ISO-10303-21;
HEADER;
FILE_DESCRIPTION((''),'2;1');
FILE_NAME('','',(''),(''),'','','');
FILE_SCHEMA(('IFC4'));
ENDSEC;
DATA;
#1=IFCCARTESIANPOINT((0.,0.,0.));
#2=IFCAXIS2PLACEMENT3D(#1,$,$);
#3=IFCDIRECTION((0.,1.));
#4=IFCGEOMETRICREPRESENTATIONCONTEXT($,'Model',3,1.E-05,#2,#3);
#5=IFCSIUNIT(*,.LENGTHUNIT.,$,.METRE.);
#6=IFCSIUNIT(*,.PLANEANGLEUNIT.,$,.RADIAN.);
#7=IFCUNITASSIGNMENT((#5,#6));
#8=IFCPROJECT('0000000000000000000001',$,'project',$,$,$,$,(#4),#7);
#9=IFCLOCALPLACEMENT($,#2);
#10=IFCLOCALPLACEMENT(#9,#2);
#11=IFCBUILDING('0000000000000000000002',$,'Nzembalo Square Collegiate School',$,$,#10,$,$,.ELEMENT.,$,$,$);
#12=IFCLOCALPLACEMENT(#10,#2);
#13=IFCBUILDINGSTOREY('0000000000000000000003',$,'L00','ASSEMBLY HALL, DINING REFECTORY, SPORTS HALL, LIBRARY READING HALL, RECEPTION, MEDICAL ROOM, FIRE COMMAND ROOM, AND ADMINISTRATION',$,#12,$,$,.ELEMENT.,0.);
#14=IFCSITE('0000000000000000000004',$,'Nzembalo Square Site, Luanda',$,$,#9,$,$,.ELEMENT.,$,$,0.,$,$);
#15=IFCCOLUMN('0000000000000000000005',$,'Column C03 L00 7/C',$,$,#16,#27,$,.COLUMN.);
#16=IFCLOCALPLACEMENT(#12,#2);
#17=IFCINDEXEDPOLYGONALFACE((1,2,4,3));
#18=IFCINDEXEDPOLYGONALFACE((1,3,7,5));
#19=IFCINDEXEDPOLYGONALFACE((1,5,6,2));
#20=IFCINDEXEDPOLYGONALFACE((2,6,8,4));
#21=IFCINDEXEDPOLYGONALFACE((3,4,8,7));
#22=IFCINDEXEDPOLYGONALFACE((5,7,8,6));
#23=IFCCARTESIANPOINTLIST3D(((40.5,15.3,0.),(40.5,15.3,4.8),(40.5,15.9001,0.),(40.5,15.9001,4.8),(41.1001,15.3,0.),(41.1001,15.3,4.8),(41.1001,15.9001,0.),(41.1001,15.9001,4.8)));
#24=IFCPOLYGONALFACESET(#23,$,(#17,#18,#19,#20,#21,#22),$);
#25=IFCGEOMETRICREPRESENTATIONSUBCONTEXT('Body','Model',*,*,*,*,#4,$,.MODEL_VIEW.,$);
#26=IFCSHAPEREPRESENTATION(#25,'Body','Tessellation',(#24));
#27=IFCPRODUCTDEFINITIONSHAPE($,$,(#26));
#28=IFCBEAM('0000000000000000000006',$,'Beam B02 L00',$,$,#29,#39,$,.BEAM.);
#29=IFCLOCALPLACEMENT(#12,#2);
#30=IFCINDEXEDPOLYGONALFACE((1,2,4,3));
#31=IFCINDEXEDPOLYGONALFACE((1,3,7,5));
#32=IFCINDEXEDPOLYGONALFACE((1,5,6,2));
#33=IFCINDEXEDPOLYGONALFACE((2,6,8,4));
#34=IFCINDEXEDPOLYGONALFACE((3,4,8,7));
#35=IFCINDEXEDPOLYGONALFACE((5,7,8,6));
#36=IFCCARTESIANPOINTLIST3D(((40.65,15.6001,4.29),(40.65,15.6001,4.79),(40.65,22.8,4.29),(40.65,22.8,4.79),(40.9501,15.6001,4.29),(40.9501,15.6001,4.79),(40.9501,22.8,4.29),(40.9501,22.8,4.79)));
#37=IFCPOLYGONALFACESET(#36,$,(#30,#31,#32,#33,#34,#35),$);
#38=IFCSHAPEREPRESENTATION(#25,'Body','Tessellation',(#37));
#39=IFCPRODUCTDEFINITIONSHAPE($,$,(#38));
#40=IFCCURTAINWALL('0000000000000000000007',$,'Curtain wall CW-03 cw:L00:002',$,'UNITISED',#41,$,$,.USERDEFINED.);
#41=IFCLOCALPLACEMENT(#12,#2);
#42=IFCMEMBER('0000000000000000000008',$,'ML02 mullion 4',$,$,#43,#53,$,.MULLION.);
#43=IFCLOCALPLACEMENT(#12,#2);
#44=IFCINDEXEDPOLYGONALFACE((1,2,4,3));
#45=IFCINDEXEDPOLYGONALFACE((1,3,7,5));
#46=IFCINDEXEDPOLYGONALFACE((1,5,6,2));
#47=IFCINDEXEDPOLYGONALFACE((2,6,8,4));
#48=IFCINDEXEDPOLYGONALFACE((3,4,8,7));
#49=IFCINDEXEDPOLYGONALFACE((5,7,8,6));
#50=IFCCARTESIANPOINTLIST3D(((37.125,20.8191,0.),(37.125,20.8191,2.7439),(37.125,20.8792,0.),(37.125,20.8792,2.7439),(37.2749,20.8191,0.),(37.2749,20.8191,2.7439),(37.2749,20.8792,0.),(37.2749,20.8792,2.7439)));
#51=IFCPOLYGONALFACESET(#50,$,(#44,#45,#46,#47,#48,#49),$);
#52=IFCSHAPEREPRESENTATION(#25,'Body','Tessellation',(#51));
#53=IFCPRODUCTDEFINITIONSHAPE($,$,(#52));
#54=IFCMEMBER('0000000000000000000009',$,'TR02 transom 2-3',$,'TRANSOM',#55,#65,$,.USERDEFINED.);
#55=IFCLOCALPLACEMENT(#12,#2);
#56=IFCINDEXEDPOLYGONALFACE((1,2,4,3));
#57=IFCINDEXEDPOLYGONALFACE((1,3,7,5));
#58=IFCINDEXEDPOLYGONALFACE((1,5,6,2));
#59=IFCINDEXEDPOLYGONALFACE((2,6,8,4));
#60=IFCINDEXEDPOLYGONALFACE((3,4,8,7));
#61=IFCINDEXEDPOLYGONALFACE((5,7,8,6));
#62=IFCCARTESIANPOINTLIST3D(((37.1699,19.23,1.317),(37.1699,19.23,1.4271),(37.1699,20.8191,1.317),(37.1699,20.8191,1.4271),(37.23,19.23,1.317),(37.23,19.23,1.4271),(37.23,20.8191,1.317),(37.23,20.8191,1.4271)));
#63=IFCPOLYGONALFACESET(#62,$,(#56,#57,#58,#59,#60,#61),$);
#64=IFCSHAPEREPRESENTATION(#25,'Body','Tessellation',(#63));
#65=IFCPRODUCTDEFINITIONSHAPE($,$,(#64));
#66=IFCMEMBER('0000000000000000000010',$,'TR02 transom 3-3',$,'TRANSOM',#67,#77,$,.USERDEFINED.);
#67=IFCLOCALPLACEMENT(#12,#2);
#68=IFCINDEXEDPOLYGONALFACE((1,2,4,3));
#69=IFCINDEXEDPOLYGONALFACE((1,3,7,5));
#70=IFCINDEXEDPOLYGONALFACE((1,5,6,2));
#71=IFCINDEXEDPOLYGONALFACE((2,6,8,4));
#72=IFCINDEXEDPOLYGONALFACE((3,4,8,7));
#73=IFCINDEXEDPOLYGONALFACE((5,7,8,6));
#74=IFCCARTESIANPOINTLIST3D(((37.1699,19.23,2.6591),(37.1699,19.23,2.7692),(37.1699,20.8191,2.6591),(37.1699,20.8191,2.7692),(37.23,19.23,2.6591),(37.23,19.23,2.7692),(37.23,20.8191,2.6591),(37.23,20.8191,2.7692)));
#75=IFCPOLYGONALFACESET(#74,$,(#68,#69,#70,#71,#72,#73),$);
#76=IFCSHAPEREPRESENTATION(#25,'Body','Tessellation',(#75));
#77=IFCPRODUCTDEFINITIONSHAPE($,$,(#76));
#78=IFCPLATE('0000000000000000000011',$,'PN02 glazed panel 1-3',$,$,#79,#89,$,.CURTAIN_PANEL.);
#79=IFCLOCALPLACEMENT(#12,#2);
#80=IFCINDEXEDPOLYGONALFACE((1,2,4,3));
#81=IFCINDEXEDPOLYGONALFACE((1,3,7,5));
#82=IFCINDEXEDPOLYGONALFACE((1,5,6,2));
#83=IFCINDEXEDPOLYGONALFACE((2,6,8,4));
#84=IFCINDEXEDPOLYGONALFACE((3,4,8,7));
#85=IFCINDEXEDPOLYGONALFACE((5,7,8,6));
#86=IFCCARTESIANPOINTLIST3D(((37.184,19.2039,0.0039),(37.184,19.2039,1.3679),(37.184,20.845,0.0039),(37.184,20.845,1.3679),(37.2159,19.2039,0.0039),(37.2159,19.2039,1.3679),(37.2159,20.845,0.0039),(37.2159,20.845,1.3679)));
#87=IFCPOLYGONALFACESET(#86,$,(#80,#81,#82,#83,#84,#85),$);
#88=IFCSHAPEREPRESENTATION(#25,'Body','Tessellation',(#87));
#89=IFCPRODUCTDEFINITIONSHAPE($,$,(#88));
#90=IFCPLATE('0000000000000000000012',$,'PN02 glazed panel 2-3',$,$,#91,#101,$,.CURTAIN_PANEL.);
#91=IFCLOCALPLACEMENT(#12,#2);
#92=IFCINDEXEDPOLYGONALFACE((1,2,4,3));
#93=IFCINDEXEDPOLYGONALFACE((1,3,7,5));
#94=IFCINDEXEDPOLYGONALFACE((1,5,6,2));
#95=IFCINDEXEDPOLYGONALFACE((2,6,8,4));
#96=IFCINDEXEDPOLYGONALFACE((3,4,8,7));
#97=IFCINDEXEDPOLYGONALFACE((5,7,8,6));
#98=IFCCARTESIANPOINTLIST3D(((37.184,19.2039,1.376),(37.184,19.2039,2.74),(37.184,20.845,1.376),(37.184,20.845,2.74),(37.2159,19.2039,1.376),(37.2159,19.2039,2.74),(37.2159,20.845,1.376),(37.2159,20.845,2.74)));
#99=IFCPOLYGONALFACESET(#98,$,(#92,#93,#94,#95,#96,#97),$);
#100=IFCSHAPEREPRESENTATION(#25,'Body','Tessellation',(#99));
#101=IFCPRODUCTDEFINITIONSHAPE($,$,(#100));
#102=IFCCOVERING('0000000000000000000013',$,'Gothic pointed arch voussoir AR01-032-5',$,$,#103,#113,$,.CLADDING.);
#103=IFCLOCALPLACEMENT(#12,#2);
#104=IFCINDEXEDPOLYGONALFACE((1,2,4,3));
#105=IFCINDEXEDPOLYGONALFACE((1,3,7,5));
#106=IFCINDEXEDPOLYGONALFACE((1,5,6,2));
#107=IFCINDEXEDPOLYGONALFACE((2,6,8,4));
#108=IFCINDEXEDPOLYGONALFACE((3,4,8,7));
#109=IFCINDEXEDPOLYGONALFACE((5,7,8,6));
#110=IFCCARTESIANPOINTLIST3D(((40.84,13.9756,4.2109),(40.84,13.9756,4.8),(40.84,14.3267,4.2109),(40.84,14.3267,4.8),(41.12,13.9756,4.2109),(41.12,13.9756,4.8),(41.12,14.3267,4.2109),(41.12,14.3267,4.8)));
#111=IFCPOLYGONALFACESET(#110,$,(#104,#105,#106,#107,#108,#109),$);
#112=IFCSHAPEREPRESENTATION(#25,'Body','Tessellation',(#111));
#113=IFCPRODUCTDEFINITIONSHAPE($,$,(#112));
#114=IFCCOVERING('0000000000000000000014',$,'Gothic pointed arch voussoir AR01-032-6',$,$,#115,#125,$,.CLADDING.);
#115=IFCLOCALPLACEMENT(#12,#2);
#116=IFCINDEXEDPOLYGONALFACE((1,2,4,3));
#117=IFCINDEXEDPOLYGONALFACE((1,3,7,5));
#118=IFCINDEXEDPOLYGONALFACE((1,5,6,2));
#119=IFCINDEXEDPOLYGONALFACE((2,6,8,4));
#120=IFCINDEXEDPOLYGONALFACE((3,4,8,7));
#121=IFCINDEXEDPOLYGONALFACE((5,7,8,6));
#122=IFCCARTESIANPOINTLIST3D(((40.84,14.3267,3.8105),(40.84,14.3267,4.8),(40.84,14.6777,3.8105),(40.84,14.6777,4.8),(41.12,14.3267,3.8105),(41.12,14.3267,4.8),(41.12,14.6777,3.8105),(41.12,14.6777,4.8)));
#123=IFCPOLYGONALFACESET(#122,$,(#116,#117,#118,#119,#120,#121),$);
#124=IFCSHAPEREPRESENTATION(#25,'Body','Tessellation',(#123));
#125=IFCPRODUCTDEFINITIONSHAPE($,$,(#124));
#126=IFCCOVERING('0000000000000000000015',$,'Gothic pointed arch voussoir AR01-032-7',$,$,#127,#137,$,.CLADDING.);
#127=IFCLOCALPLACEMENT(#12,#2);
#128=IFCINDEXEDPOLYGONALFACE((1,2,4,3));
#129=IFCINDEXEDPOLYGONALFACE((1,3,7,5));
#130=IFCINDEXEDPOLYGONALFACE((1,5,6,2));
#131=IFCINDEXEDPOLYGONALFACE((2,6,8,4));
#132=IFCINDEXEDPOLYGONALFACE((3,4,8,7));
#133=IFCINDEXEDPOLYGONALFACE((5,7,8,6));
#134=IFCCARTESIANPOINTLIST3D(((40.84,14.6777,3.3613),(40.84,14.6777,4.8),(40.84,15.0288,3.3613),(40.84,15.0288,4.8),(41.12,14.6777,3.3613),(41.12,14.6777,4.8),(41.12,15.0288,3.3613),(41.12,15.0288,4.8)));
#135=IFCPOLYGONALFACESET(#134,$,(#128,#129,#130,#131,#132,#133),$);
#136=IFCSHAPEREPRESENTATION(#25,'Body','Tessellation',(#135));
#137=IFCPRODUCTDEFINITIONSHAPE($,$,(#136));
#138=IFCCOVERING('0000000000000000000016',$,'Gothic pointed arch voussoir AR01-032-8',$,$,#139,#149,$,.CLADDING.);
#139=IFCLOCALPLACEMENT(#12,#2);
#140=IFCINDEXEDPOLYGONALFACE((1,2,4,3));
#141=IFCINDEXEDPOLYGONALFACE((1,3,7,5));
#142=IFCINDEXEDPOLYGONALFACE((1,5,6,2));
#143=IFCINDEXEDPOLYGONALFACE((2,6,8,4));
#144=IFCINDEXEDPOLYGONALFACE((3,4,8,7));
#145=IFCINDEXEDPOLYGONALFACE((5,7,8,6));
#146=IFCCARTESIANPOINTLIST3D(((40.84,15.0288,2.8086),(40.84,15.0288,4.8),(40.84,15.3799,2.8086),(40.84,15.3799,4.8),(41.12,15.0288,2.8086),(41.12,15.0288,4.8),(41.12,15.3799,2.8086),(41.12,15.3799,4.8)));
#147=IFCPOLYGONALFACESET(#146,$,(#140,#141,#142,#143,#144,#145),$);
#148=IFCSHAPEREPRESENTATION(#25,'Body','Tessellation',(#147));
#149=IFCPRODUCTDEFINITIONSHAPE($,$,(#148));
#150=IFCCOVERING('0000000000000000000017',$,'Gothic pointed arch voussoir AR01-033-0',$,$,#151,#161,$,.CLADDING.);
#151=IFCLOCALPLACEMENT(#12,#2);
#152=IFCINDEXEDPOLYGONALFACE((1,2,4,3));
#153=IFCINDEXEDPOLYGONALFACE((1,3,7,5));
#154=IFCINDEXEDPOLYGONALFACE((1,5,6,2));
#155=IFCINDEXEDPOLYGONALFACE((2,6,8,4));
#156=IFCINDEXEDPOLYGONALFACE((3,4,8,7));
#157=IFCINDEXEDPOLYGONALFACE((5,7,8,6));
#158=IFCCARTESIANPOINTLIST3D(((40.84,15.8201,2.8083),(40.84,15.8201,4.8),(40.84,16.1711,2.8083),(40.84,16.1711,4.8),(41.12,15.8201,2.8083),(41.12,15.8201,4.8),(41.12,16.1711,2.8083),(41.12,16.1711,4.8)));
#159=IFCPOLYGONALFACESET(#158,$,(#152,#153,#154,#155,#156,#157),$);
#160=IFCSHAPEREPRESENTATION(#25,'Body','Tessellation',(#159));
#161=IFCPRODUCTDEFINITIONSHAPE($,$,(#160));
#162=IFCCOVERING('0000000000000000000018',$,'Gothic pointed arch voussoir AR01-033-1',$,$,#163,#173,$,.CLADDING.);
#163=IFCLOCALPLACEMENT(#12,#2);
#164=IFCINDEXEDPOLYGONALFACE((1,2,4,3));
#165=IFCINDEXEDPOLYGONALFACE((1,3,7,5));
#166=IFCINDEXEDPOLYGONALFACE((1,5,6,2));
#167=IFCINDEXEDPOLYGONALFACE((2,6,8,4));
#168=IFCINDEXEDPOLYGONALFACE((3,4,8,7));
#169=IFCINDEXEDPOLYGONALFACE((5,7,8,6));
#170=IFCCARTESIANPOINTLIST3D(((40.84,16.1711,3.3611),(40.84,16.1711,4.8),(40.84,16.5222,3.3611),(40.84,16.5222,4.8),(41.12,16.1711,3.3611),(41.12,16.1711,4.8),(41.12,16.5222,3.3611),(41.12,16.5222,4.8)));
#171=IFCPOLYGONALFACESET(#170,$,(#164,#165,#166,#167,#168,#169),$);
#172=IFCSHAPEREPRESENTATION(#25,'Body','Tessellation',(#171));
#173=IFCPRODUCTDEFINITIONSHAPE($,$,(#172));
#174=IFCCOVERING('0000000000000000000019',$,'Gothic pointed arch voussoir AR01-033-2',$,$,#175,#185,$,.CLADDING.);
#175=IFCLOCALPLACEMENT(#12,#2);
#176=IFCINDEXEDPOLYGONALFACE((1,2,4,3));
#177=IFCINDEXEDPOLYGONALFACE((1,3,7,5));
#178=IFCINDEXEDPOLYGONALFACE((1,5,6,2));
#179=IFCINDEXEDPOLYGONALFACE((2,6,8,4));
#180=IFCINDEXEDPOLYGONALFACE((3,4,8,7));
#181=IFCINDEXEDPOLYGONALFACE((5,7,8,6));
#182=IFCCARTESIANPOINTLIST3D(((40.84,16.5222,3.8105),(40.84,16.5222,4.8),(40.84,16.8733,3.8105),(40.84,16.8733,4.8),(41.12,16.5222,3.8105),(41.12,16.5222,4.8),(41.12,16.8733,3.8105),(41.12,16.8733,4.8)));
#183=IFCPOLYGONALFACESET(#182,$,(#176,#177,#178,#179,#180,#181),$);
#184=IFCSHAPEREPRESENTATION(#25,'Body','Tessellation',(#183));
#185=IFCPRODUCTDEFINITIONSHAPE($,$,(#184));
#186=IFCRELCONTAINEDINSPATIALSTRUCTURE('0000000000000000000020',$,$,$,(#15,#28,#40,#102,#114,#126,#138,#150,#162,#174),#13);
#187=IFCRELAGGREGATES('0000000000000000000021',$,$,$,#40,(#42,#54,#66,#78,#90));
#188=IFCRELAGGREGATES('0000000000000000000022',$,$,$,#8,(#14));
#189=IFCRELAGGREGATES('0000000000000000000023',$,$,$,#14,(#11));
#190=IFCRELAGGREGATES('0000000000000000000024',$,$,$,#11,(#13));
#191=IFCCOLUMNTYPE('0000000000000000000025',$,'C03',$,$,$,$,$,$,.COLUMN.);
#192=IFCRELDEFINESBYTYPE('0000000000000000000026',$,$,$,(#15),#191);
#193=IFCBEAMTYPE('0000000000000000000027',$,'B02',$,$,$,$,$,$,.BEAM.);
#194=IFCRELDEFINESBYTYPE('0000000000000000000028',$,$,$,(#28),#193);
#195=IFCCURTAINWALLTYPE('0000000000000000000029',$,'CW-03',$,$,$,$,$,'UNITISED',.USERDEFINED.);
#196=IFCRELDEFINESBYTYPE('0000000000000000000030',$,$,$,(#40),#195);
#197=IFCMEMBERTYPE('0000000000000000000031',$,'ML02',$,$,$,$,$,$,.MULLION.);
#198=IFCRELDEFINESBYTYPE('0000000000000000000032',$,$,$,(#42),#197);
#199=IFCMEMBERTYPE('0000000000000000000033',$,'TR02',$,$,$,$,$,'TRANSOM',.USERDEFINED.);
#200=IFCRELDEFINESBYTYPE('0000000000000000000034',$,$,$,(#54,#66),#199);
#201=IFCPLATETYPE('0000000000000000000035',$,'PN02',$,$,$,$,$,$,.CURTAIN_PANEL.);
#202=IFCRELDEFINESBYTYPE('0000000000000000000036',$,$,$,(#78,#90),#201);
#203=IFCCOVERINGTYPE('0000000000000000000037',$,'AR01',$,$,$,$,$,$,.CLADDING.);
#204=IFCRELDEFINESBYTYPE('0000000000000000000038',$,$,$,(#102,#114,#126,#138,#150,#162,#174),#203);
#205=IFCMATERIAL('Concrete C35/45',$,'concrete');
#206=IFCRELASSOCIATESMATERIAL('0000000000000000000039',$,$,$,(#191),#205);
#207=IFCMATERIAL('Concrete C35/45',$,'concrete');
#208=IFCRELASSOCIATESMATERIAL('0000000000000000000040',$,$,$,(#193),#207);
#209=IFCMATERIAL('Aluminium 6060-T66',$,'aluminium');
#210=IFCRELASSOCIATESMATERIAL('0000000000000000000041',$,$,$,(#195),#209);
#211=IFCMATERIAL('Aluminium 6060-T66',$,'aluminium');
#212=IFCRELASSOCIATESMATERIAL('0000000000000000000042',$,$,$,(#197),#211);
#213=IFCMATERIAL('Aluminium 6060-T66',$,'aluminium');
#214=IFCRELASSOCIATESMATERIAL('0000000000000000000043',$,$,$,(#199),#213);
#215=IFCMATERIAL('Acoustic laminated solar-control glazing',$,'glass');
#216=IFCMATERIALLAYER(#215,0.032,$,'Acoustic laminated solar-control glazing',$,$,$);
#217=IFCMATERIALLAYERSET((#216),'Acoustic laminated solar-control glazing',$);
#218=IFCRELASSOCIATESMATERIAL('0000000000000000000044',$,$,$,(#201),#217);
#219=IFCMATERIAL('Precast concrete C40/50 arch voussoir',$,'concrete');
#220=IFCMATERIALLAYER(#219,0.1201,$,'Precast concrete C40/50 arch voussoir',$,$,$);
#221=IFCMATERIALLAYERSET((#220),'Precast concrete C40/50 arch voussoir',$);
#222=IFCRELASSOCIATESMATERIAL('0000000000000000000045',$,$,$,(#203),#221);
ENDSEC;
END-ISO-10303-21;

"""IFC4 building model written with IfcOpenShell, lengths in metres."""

from ifc_helpers import new_model, si_unit, direction, frame, origin, origin_2d, place, context, subcontext, project, spatial, rectangle, extrude, material, layer, layer_set, material_profile, profile_set, type_object, element, aggregate, save


model = new_model("IFC4")

# Units and contexts
model_context = context("Model", 3, precision=1e-05, world=origin(), true_north=direction((0.0, 1.0)))
body_context = subcontext(model_context, "Body", "Model", "MODEL_VIEW")
ifc_project = project(units=[si_unit("LENGTHUNIT", "METRE"), si_unit("PLANEANGLEUNIT", "RADIAN")], contexts=[model_context])

# Site, building, storey
site_placement = place(None, origin())
site = spatial("IfcSite", under=ifc_project, at=site_placement, Name="Nzembalo Square Site, Luanda", CompositionType="ELEMENT", RefElevation=0.0)
building_placement = place(site_placement, origin())
building = spatial("IfcBuilding", under=site, at=building_placement, Name="Nzembalo Square Collegiate School", CompositionType="ELEMENT")
storey_placement = place(building_placement, origin())
storey = spatial("IfcBuildingStorey", under=building, at=storey_placement, Name="L00", Description="ASSEMBLY HALL, DINING REFECTORY, SPORTS HALL, LIBRARY READING HALL, RECEPTION, MEDICAL ROOM, FIRE COMMAND ROOM, AND ADMINISTRATION", CompositionType="ELEMENT", Elevation=0.0)

# Column
ifc_material_1 = material(Name="Concrete C35/45", Category="concrete")
ifc_material_profile_1 = material_profile(ifc_material_1, rectangle(XDim=0.6001, YDim=0.6001, at=origin_2d()), Name="RC 600x600")
ifc_profile_set_1 = profile_set([ifc_material_profile_1], Name="Concrete C35/45")
column_type = type_object("IfcColumnType", Name="C03", PredefinedType="COLUMN", material=ifc_profile_set_1)
column_placement = place(storey_placement, frame((40.8, 15.6001, 0.0), z_axis=(0.0, 0.0, 1.0), x_axis=(1.0, 0.0, 0.0)))
element("IfcColumn", 1, at=column_placement, inside=storey, type_object=column_type, Name="Column C03 L00 7/C", PredefinedType="COLUMN", context=body_context, shape_type="SweptSolid", body=[
    extrude(rectangle(XDim=0.6001, YDim=0.6001, at=origin_2d()), origin(), (0.0, 0.0, 1.0), 4.8),
])

# Beam
ifc_material_2 = material(Name="Concrete C35/45", Category="concrete")
ifc_material_profile_2 = material_profile(ifc_material_2, rectangle(XDim=0.3, YDim=0.5, at=origin_2d()), Name="RC 300x500")
ifc_profile_set_2 = profile_set([ifc_material_profile_2], Name="Concrete C35/45")
beam_type = type_object("IfcBeamType", Name="B02", PredefinedType="BEAM", material=ifc_profile_set_2)
beam_placement = place(storey_placement, frame((40.8, 15.6001, 4.54), z_axis=(0.0, 1.0, 0.0), x_axis=(-1.0, 0.0, 0.0)))
element("IfcBeam", 2, at=beam_placement, inside=storey, type_object=beam_type, Name="Beam B02 L00", PredefinedType="BEAM", context=body_context, shape_type="SweptSolid", body=[
    extrude(rectangle(XDim=0.3, YDim=0.5, at=origin_2d()), origin(), (0.0, 0.0, 1.0), 7.2),
])

# Curtain wall, members, plates
ifc_material_3 = material(Name="Aluminium 6060-T66", Category="aluminium")
curtain_wall_type = type_object("IfcCurtainWallType", Name="CW-03", ElementType="UNITISED", PredefinedType="USERDEFINED", material=ifc_material_3)
curtain_wall_placement = place(storey_placement, origin())
curtain_wall = element("IfcCurtainWall", 3, at=curtain_wall_placement, inside=storey, type_object=curtain_wall_type, Name="Curtain wall CW-03 cw:L00:002", ObjectType="UNITISED", PredefinedType="USERDEFINED")
ifc_material_4 = material(Name="Aluminium 6060-T66", Category="aluminium")
ifc_material_profile_3 = material_profile(ifc_material_4, rectangle(XDim=0.0601, YDim=0.1499, at=origin_2d()), Name="ALU M60x150")
ifc_profile_set_3 = profile_set([ifc_material_profile_3], Name="Aluminium 6060-T66")
member_type_1 = type_object("IfcMemberType", Name="ML02", PredefinedType="MULLION", material=ifc_profile_set_3)
member_1_placement = place(storey_placement, frame((37.2, 20.8491, 0.0), z_axis=(0.0, 0.0, 1.0), x_axis=(0.0, 1.0, 0.0)))
member_1 = element("IfcMember", 4, at=member_1_placement, type_object=member_type_1, Name="ML02 mullion 4", PredefinedType="MULLION", context=body_context, shape_type="SweptSolid", body=[
    extrude(rectangle(XDim=0.0601, YDim=0.1499, at=origin_2d()), origin(), (0.0, 0.0, 1.0), 2.7439),
])
ifc_material_5 = material(Name="Aluminium 6060-T66", Category="aluminium")
ifc_material_profile_4 = material_profile(ifc_material_5, rectangle(XDim=0.0601, YDim=0.1101, at=origin_2d()), Name="ALU T60x110")
ifc_profile_set_4 = profile_set([ifc_material_profile_4], Name="Aluminium 6060-T66")
member_type_2 = type_object("IfcMemberType", Name="TR02", ElementType="TRANSOM", PredefinedType="USERDEFINED", material=ifc_profile_set_4)
member_2_placement = place(storey_placement, frame((37.2, 19.23, 1.3721), z_axis=(0.0, 1.0, 0.0), x_axis=(-1.0, 0.0, 0.0)))
member_2 = element("IfcMember", 5, at=member_2_placement, type_object=member_type_2, Name="TR02 transom 2-3", ObjectType="TRANSOM", PredefinedType="USERDEFINED", context=body_context, shape_type="SweptSolid", body=[
    extrude(rectangle(XDim=0.0601, YDim=0.1101, at=origin_2d()), origin(), (0.0, 0.0, 1.0), 1.5891),
])
member_3_placement = place(storey_placement, frame((37.2, 19.23, 2.7141), z_axis=(0.0, 1.0, 0.0), x_axis=(-1.0, 0.0, 0.0)))
member_3 = element("IfcMember", 6, at=member_3_placement, type_object=member_type_2, Name="TR02 transom 3-3", ObjectType="TRANSOM", PredefinedType="USERDEFINED", context=body_context, shape_type="SweptSolid", body=[
    extrude(rectangle(XDim=0.0601, YDim=0.1101, at=origin_2d()), origin(), (0.0, 0.0, 1.0), 1.5891),
])
ifc_material_6 = material(Name="Acoustic laminated solar-control glazing", Category="glass")
ifc_layer_1 = layer(ifc_material_6, 0.032, Name="Acoustic laminated solar-control glazing")
ifc_layer_set_1 = layer_set([ifc_layer_1], Name="Acoustic laminated solar-control glazing")
plate_type = type_object("IfcPlateType", Name="PN02", PredefinedType="CURTAIN_PANEL", material=ifc_layer_set_1)
plate_1_placement = place(storey_placement, frame((37.2, 20.0244, 0.0039), z_axis=(0.0, 0.0, 1.0), x_axis=(0.0, 1.0, 0.0)))
plate_1 = element("IfcPlate", 7, at=plate_1_placement, type_object=plate_type, Name="PN02 glazed panel 1-3", PredefinedType="CURTAIN_PANEL", context=body_context, shape_type="SweptSolid", body=[
    extrude(rectangle(XDim=1.6411, YDim=0.032, at=origin_2d()), origin(), (0.0, 0.0, 1.0), 1.364),
])
plate_2_placement = place(storey_placement, frame((37.2, 20.0244, 1.376), z_axis=(0.0, 0.0, 1.0), x_axis=(0.0, 1.0, 0.0)))
plate_2 = element("IfcPlate", 8, at=plate_2_placement, type_object=plate_type, Name="PN02 glazed panel 2-3", PredefinedType="CURTAIN_PANEL", context=body_context, shape_type="SweptSolid", body=[
    extrude(rectangle(XDim=1.6411, YDim=0.032, at=origin_2d()), origin(), (0.0, 0.0, 1.0), 1.364),
])
aggregate(curtain_wall, [member_1, member_2, member_3, plate_1, plate_2])

# Coverings
ifc_material_7 = material(Name="Precast concrete C40/50 arch voussoir", Category="concrete")
ifc_layer_2 = layer(ifc_material_7, 0.1201, Name="Precast concrete C40/50 arch voussoir")
ifc_layer_set_2 = layer_set([ifc_layer_2], Name="Precast concrete C40/50 arch voussoir")
covering_type = type_object("IfcCoveringType", Name="AR01", PredefinedType="CLADDING", material=ifc_layer_set_2)
covering_1_placement = place(storey_placement, frame((40.98, 14.1511, 4.2109), z_axis=(0.0, 0.0, 1.0), x_axis=(1.0, 0.0, 0.0)))
element("IfcCovering", 9, at=covering_1_placement, inside=storey, type_object=covering_type, Name="Gothic pointed arch voussoir AR01-032-5", PredefinedType="CLADDING", context=body_context, shape_type="SweptSolid", body=[
    extrude(rectangle(XDim=0.28, YDim=0.3511, at=origin_2d()), origin(), (0.0, 0.0, 1.0), 0.5891),
])
covering_2_placement = place(storey_placement, frame((40.98, 14.5022, 3.8105), z_axis=(0.0, 0.0, 1.0), x_axis=(1.0, 0.0, 0.0)))
element("IfcCovering", 10, at=covering_2_placement, inside=storey, type_object=covering_type, Name="Gothic pointed arch voussoir AR01-032-6", PredefinedType="CLADDING", context=body_context, shape_type="SweptSolid", body=[
    extrude(rectangle(XDim=0.28, YDim=0.3511, at=origin_2d()), origin(), (0.0, 0.0, 1.0), 0.9895),
])
covering_3_placement = place(storey_placement, frame((40.98, 14.8533, 3.3613), z_axis=(0.0, 0.0, 1.0), x_axis=(1.0, 0.0, 0.0)))
element("IfcCovering", 11, at=covering_3_placement, inside=storey, type_object=covering_type, Name="Gothic pointed arch voussoir AR01-032-7", PredefinedType="CLADDING", context=body_context, shape_type="SweptSolid", body=[
    extrude(rectangle(XDim=0.28, YDim=0.3511, at=origin_2d()), origin(), (0.0, 0.0, 1.0), 1.4387),
])
covering_4_placement = place(storey_placement, frame((40.98, 15.2043, 2.8086), z_axis=(0.0, 0.0, 1.0), x_axis=(1.0, 0.0, 0.0)))
element("IfcCovering", 12, at=covering_4_placement, inside=storey, type_object=covering_type, Name="Gothic pointed arch voussoir AR01-032-8", PredefinedType="CLADDING", context=body_context, shape_type="SweptSolid", body=[
    extrude(rectangle(XDim=0.28, YDim=0.3511, at=origin_2d()), origin(), (0.0, 0.0, 1.0), 1.9915),
])
covering_5_placement = place(storey_placement, frame((40.98, 15.9956, 2.8083), z_axis=(0.0, 0.0, 1.0), x_axis=(1.0, 0.0, 0.0)))
element("IfcCovering", 13, at=covering_5_placement, inside=storey, type_object=covering_type, Name="Gothic pointed arch voussoir AR01-033-0", PredefinedType="CLADDING", context=body_context, shape_type="SweptSolid", body=[
    extrude(rectangle(XDim=0.28, YDim=0.3511, at=origin_2d()), origin(), (0.0, 0.0, 1.0), 1.9917),
])
covering_6_placement = place(storey_placement, frame((40.98, 16.3467, 3.3611), z_axis=(0.0, 0.0, 1.0), x_axis=(1.0, 0.0, 0.0)))
element("IfcCovering", 14, at=covering_6_placement, inside=storey, type_object=covering_type, Name="Gothic pointed arch voussoir AR01-033-1", PredefinedType="CLADDING", context=body_context, shape_type="SweptSolid", body=[
    extrude(rectangle(XDim=0.28, YDim=0.3511, at=origin_2d()), origin(), (0.0, 0.0, 1.0), 1.439),
])
covering_7_placement = place(storey_placement, frame((40.98, 16.6978, 3.8105), z_axis=(0.0, 0.0, 1.0), x_axis=(1.0, 0.0, 0.0)))
element("IfcCovering", 15, at=covering_7_placement, inside=storey, type_object=covering_type, Name="Gothic pointed arch voussoir AR01-033-2", PredefinedType="CLADDING", context=body_context, shape_type="SweptSolid", body=[
    extrude(rectangle(XDim=0.28, YDim=0.3511, at=origin_2d()), origin(), (0.0, 0.0, 1.0), 0.9895),
])

save(model, "model.ifc")
